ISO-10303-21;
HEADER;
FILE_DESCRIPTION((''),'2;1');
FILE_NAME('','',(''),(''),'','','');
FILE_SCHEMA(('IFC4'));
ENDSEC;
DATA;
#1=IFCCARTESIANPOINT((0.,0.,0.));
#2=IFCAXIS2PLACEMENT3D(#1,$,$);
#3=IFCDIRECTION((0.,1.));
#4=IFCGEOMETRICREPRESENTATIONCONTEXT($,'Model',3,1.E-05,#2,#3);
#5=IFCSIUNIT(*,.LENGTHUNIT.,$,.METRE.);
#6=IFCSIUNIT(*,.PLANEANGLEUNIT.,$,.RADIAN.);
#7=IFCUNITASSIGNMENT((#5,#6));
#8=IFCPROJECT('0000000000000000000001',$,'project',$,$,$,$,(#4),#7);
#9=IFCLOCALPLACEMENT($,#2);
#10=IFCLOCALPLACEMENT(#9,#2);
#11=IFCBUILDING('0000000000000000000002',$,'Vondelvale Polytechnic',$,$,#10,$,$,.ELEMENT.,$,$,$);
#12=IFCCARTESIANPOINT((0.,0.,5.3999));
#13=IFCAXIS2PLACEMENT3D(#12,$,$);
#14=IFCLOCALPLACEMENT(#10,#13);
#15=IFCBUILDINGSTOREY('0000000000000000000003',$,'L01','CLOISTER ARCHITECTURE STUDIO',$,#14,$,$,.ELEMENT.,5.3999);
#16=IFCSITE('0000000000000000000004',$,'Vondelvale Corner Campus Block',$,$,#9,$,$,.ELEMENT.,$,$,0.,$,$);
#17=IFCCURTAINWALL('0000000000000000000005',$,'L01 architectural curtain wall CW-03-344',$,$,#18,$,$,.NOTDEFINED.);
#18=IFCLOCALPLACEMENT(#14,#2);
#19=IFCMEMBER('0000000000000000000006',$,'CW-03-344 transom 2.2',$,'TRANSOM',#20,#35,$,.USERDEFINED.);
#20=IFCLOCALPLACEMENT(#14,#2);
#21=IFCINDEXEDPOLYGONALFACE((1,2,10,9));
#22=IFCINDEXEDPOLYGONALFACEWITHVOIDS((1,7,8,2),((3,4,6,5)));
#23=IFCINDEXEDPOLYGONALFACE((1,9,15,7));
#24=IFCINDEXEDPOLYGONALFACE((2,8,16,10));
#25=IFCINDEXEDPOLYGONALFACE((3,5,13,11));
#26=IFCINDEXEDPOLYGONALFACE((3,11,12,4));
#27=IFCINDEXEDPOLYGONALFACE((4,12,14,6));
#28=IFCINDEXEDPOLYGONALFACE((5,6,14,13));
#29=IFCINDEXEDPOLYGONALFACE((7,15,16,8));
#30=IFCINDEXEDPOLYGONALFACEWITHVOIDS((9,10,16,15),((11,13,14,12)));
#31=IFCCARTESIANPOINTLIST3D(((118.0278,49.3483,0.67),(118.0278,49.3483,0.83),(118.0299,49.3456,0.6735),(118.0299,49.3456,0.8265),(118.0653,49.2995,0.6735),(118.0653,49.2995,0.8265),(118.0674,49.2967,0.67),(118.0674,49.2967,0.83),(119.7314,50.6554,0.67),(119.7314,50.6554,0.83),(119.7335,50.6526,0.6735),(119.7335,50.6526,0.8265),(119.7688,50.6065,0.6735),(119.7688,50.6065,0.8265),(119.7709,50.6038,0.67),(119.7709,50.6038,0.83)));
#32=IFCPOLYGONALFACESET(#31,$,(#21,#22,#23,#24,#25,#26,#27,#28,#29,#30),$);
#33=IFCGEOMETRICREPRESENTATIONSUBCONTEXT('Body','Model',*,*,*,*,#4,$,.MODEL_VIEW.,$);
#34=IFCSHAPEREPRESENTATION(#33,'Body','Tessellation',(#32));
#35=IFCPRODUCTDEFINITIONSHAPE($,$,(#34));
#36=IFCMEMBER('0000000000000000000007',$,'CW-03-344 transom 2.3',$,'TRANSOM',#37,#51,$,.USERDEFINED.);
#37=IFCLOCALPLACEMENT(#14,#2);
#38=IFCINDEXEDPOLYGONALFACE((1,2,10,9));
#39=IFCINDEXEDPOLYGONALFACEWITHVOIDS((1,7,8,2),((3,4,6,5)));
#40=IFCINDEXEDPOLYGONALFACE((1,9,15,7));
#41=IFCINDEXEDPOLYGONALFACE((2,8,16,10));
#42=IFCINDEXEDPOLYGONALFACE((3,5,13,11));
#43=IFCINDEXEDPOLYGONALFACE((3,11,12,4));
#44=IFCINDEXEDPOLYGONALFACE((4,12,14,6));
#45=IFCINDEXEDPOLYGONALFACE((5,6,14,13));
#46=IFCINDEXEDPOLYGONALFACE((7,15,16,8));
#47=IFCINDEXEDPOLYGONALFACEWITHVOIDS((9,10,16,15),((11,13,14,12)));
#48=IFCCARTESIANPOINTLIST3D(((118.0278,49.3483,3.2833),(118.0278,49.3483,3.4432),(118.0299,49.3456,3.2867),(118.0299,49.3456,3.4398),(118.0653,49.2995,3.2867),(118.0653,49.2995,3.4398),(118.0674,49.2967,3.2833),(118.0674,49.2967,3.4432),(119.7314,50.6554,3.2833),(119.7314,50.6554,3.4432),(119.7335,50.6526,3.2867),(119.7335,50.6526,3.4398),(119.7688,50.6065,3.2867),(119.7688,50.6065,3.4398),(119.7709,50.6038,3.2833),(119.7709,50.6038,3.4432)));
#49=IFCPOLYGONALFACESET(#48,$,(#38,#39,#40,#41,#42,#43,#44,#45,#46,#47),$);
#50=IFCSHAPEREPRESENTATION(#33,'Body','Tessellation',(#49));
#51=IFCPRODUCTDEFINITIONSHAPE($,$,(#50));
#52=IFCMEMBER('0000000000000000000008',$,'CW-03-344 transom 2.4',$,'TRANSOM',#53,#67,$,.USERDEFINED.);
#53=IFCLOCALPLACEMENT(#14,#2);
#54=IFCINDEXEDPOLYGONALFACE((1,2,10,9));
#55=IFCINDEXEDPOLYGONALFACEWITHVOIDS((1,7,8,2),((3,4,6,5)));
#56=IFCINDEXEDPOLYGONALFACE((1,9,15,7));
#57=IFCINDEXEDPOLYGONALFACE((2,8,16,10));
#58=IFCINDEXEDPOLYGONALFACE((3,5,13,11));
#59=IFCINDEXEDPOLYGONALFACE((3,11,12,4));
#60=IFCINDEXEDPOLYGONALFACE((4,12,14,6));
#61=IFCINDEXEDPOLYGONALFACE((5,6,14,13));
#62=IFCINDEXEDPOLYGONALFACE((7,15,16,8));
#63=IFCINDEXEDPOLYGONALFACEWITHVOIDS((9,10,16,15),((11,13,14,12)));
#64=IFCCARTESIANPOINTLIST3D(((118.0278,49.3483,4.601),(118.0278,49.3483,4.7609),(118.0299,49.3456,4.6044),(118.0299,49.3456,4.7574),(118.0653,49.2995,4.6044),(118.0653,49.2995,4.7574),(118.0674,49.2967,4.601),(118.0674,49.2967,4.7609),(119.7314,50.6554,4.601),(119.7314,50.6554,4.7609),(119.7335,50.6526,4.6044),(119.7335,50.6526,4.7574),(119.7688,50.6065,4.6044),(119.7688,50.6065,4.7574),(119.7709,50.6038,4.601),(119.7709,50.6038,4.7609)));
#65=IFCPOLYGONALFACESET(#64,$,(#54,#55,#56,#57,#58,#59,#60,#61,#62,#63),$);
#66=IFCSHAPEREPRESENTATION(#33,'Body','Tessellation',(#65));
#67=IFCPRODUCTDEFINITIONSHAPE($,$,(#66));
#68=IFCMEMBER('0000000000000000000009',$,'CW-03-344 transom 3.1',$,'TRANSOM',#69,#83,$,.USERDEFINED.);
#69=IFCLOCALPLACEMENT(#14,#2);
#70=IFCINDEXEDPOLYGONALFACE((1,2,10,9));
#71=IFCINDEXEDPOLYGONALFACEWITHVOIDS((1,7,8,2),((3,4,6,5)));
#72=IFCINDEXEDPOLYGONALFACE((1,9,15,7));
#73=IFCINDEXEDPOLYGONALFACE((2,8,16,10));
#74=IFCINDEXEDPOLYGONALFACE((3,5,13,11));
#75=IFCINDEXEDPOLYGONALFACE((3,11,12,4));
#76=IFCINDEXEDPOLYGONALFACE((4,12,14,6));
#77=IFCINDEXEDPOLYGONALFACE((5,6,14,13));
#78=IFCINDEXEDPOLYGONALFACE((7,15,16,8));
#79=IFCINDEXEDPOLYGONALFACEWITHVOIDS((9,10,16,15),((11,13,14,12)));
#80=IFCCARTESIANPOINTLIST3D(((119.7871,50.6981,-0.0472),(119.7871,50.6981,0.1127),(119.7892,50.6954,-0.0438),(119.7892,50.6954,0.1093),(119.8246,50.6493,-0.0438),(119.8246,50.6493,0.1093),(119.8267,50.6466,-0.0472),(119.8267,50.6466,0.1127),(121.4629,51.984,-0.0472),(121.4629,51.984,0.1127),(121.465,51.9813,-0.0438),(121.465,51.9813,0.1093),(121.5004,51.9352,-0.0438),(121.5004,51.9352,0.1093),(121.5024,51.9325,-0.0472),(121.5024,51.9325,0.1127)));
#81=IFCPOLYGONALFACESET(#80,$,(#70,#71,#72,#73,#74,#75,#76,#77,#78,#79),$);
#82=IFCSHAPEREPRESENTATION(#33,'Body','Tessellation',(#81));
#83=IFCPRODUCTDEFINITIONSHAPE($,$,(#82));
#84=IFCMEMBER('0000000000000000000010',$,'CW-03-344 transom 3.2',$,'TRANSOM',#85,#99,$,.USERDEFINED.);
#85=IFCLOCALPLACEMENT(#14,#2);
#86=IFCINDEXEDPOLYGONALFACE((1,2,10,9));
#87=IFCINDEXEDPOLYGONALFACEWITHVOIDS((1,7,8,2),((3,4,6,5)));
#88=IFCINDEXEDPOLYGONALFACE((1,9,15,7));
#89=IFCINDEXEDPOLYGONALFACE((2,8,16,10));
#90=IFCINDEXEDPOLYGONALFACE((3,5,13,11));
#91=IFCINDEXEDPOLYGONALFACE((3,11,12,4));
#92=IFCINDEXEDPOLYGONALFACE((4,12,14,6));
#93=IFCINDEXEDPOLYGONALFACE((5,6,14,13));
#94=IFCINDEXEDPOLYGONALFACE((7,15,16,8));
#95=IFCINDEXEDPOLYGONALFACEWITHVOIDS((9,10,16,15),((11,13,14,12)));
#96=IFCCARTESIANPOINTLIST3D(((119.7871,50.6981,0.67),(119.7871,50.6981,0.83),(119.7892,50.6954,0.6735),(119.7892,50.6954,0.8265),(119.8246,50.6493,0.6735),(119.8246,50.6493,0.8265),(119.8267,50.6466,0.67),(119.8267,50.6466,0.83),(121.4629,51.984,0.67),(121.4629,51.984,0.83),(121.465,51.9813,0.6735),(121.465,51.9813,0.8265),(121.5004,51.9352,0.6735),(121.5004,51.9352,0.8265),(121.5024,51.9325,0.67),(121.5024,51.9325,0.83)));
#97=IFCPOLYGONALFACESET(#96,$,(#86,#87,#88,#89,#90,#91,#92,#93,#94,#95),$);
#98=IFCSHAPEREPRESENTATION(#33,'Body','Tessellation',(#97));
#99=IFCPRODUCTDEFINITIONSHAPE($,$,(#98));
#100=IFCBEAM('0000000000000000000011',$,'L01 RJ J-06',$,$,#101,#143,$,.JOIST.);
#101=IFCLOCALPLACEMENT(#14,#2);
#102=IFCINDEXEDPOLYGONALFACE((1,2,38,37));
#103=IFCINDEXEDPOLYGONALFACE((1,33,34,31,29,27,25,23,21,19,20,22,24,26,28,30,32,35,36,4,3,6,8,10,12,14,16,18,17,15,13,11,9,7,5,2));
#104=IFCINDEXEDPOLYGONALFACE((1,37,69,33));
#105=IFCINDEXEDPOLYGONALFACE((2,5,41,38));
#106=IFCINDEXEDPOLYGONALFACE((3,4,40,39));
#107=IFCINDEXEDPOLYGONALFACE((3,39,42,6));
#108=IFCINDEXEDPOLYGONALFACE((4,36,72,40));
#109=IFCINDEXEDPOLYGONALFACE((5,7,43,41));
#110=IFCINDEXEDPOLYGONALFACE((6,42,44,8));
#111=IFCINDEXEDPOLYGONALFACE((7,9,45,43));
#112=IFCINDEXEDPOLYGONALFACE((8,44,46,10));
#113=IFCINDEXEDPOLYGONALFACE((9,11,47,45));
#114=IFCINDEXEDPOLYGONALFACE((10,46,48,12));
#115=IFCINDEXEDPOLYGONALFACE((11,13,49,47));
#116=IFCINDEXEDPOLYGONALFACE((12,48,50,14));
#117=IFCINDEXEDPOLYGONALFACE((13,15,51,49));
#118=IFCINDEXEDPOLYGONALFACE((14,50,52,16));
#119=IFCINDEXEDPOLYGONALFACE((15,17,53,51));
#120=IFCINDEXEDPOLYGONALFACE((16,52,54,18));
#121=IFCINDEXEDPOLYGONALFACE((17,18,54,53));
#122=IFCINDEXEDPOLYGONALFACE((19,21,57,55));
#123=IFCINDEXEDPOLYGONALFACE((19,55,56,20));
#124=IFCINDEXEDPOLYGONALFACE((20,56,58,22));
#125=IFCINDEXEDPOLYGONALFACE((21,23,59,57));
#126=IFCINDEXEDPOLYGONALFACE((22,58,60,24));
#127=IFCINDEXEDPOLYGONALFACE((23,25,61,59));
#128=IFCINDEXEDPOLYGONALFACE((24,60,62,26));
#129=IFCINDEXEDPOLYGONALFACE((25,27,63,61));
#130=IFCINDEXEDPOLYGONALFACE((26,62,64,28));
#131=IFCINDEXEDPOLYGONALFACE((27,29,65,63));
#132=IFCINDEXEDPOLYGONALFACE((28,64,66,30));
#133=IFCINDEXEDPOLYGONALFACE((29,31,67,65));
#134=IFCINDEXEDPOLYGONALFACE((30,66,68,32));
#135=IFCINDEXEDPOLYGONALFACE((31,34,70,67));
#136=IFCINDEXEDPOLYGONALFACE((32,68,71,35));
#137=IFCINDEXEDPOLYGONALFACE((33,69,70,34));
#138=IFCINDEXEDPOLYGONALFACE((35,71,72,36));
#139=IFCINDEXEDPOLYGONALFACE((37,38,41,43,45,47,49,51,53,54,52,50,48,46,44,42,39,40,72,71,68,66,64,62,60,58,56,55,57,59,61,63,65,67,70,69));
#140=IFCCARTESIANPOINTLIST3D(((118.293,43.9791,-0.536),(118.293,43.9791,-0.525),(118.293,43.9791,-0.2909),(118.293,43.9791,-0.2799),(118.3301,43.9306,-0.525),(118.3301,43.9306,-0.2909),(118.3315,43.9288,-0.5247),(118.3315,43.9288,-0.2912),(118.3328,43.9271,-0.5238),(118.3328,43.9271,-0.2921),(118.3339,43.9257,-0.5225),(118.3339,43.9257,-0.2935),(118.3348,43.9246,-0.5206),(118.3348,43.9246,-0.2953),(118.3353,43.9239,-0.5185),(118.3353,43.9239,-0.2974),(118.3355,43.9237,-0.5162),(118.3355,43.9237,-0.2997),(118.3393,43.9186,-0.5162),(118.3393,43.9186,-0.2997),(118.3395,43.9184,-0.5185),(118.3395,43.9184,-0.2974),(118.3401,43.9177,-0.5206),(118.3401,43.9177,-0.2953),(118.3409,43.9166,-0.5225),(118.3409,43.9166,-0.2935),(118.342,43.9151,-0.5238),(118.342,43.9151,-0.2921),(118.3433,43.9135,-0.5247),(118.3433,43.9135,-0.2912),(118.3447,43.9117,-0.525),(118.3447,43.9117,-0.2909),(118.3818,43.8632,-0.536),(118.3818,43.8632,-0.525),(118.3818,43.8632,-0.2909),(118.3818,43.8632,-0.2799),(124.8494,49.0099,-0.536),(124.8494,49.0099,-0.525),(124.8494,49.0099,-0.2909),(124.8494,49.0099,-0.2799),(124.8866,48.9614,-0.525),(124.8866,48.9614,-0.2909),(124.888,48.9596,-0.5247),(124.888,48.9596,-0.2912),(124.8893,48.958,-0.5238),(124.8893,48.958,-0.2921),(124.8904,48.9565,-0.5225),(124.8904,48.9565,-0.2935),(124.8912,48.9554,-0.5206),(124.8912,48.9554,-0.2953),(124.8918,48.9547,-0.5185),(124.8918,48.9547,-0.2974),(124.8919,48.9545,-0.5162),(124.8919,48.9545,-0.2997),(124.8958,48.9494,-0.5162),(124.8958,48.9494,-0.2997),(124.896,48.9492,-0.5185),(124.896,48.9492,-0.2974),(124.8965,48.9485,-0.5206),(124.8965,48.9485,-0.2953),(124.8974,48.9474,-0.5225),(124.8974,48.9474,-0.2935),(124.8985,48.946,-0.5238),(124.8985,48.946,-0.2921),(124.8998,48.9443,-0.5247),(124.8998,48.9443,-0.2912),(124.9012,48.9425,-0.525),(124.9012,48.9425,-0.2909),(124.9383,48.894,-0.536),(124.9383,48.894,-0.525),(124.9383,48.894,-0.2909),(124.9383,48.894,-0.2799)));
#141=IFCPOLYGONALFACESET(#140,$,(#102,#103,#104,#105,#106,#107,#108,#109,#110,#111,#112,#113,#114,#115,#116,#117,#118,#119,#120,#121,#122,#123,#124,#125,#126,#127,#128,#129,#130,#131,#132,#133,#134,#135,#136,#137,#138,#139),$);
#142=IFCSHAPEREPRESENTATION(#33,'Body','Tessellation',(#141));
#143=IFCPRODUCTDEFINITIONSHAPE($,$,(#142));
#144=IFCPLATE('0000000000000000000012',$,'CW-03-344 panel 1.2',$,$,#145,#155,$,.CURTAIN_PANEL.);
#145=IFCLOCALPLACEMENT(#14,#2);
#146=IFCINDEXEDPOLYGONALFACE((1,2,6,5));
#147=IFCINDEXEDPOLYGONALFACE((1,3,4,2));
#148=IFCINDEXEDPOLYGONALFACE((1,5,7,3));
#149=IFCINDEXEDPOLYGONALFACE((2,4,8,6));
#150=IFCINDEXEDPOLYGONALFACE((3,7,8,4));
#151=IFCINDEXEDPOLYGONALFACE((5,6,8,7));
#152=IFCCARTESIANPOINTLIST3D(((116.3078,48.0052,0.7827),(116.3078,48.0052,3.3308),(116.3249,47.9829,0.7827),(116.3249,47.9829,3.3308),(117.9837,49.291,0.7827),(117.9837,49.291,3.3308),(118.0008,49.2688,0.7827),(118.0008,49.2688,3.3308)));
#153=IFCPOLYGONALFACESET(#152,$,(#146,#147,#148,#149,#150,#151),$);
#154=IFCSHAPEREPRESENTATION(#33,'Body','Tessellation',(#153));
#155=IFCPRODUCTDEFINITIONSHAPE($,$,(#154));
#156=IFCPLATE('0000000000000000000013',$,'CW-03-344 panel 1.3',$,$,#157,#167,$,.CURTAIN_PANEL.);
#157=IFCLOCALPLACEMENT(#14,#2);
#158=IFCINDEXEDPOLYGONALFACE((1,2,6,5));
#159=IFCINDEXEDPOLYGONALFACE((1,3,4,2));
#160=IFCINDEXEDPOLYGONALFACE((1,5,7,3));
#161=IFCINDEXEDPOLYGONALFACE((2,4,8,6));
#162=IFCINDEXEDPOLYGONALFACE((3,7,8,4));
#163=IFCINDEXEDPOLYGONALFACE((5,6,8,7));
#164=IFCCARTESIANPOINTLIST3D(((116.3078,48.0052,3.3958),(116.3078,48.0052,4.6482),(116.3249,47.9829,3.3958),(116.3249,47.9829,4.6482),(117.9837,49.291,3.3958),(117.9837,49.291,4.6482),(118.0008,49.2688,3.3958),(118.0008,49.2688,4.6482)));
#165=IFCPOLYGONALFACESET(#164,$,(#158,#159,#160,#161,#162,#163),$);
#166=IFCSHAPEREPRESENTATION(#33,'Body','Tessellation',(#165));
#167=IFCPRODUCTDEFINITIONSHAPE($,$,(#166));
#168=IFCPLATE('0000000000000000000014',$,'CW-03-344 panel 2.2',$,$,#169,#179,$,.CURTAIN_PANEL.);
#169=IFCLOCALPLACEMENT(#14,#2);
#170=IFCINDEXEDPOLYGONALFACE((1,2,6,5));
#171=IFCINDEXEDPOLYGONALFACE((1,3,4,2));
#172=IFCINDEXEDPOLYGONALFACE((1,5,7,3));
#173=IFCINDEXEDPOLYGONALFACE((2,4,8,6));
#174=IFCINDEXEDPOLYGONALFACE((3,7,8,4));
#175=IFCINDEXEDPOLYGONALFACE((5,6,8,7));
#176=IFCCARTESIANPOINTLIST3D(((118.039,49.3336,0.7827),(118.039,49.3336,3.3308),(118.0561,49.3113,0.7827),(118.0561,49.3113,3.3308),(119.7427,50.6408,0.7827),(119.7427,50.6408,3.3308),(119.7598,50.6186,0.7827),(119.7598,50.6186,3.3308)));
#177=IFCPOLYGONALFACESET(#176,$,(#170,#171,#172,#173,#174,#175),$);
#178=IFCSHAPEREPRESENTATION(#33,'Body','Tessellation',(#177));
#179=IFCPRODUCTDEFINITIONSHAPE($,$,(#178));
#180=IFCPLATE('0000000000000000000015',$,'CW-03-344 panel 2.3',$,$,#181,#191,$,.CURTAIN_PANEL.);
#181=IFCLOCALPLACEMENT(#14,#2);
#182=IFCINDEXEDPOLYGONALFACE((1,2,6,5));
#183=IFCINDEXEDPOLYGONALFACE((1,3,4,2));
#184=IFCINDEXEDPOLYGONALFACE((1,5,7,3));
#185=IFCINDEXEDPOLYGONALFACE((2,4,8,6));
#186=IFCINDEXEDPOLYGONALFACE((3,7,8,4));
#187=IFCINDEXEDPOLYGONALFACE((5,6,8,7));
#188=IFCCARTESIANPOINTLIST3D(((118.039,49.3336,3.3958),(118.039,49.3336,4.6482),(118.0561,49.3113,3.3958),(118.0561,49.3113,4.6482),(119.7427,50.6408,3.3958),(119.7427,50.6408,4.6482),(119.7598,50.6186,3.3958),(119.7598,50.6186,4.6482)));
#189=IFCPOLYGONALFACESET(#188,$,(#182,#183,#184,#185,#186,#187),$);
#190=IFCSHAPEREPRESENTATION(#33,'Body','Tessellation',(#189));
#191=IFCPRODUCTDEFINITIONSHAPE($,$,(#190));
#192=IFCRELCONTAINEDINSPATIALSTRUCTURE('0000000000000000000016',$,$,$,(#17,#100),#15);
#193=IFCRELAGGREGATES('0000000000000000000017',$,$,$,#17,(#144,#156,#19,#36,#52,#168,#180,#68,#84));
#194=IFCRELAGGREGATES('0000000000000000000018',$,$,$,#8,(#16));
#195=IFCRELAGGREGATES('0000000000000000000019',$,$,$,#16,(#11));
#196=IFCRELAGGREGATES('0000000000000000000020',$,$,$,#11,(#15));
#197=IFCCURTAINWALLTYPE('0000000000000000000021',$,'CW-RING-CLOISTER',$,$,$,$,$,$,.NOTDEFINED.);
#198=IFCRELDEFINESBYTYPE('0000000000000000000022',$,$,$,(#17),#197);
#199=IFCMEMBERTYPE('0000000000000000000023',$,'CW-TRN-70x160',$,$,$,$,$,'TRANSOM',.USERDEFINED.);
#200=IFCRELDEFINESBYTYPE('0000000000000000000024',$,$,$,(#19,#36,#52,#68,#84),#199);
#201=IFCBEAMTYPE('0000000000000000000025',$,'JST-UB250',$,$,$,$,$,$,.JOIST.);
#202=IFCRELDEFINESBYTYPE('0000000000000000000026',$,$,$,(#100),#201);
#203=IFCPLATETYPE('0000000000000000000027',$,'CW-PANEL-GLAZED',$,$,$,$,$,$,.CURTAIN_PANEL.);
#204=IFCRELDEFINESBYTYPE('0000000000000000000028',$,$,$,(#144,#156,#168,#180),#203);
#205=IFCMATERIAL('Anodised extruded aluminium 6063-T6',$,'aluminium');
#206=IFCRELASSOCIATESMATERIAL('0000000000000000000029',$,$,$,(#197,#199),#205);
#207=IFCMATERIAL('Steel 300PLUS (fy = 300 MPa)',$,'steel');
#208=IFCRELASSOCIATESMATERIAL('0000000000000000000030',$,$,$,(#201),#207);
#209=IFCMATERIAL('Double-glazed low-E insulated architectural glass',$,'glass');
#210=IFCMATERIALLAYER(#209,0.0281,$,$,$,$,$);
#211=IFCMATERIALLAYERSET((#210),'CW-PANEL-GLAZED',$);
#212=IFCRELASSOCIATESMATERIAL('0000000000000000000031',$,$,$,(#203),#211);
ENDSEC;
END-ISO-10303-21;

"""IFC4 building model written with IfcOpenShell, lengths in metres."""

from ifc_helpers import new_model, si_unit, direction, frame, origin, origin_2d, place, context, subcontext, project, spatial, rectangle, hollow_rectangle, i_section, extrude, material, layer, layer_set, material_profile, profile_set, type_object, element, aggregate, save


model = new_model("IFC4")

# Units and contexts
model_context = context("Model", 3, precision=1e-05, world=origin(), true_north=direction((0.0, 1.0)))
body_context = subcontext(model_context, "Body", "Model", "MODEL_VIEW")
ifc_project = project(units=[si_unit("LENGTHUNIT", "METRE"), si_unit("PLANEANGLEUNIT", "RADIAN")], contexts=[model_context])

# Site, building, storey
site_placement = place(None, origin())
site = spatial("IfcSite", under=ifc_project, at=site_placement, Name="Vondelvale Corner Campus Block", CompositionType="ELEMENT", RefElevation=0.0)
building_placement = place(site_placement, origin())
building = spatial("IfcBuilding", under=site, at=building_placement, Name="Vondelvale Polytechnic", CompositionType="ELEMENT")
storey_placement = place(building_placement, frame((0.0, 0.0, 5.3999)))
storey = spatial("IfcBuildingStorey", under=building, at=storey_placement, Name="L01", Description="CLOISTER ARCHITECTURE STUDIO", CompositionType="ELEMENT", Elevation=5.3999)

# Shared definitions
ifc_material_1 = material(Name="Steel 300PLUS (fy = 300 MPa)", Category="steel")

# Curtain wall, members
ifc_material_2 = material(Name="Anodised extruded aluminium 6063-T6", Category="aluminium")
curtain_wall_type = type_object("IfcCurtainWallType", Name="CW-RING-CLOISTER", PredefinedType="NOTDEFINED", material=ifc_material_2)
curtain_wall_placement = place(storey_placement, origin())
curtain_wall = element("IfcCurtainWall", 1, at=curtain_wall_placement, inside=storey, type_object=curtain_wall_type, Name="L01 architectural curtain wall CW-03-344", PredefinedType="NOTDEFINED")
ifc_material_profile_1 = material_profile(ifc_material_2, hollow_rectangle(XDim=0.0649, YDim=0.1599, WallThickness=0.0034, at=origin_2d()), Name="CW-TRN-160x65")
ifc_profile_set_1 = profile_set([ifc_material_profile_1], Name="Anodised extruded aluminium 6063-T6")
member_type_1 = type_object("IfcMemberType", Name="CW-TRN-70x160", ElementType="TRANSOM", PredefinedType="USERDEFINED", material=ifc_profile_set_1)
member_1_placement = place(storey_placement, frame((118.0476, 49.3225, 0.75), z_axis=(0.793376, 0.608732, 0.0), x_axis=(-0.608732, 0.793376, 0.0)))
member_1 = element("IfcMember", 2, at=member_1_placement, type_object=member_type_1, Name="CW-03-344 transom 2.2", ObjectType="TRANSOM", PredefinedType="USERDEFINED", context=body_context, shape_type="SweptSolid", body=[
    extrude(hollow_rectangle(XDim=0.0649, YDim=0.1599, WallThickness=0.0034, at=origin_2d()), origin(), (0.0, 0.0, 1.0), 2.1472),
])
member_2_placement = place(storey_placement, frame((118.0476, 49.3225, 3.3633), z_axis=(0.793376, 0.608732, 0.0), x_axis=(-0.608732, 0.793376, 0.0)))
member_2 = element("IfcMember", 3, at=member_2_placement, type_object=member_type_1, Name="CW-03-344 transom 2.3", ObjectType="TRANSOM", PredefinedType="USERDEFINED", context=body_context, shape_type="SweptSolid", body=[
    extrude(hollow_rectangle(XDim=0.0649, YDim=0.1599, WallThickness=0.0034, at=origin_2d()), origin(), (0.0, 0.0, 1.0), 2.1472),
])
member_3_placement = place(storey_placement, frame((118.0476, 49.3225, 4.6809), z_axis=(0.793376, 0.608732, 0.0), x_axis=(-0.608732, 0.793376, 0.0)))
member_3 = element("IfcMember", 4, at=member_3_placement, type_object=member_type_1, Name="CW-03-344 transom 2.4", ObjectType="TRANSOM", PredefinedType="USERDEFINED", context=body_context, shape_type="SweptSolid", body=[
    extrude(hollow_rectangle(XDim=0.0649, YDim=0.1599, WallThickness=0.0034, at=origin_2d()), origin(), (0.0, 0.0, 1.0), 2.1472),
])
member_4_placement = place(storey_placement, frame((119.8069, 50.6724, 0.0327), z_axis=(0.79335, 0.608766, 0.0), x_axis=(-0.608766, 0.79335, 0.0)))
member_4 = element("IfcMember", 5, at=member_4_placement, type_object=member_type_1, Name="CW-03-344 transom 3.1", ObjectType="TRANSOM", PredefinedType="USERDEFINED", context=body_context, shape_type="SweptSolid", body=[
    extrude(hollow_rectangle(XDim=0.0649, YDim=0.1599, WallThickness=0.0034, at=origin_2d()), origin(), (0.0, 0.0, 1.0), 2.1123),
])
member_5_placement = place(storey_placement, frame((119.8069, 50.6724, 0.75), z_axis=(0.79335, 0.608766, 0.0), x_axis=(-0.608766, 0.79335, 0.0)))
member_5 = element("IfcMember", 6, at=member_5_placement, type_object=member_type_1, Name="CW-03-344 transom 3.2", ObjectType="TRANSOM", PredefinedType="USERDEFINED", context=body_context, shape_type="SweptSolid", body=[
    extrude(hollow_rectangle(XDim=0.0649, YDim=0.1599, WallThickness=0.0034, at=origin_2d()), origin(), (0.0, 0.0, 1.0), 2.1123),
])

# Beam
ifc_material_profile_2 = material_profile(ifc_material_1, i_section(OverallWidth=0.146, OverallDepth=0.2561, WebThickness=0.0063, FlangeThickness=0.011, FilletRadius=0.0088, at=origin_2d()), Name="250UB37.3")
ifc_profile_set_2 = profile_set([ifc_material_profile_2], Name="Steel 300PLUS (fy = 300 MPa)")
beam_type_1 = type_object("IfcBeamType", Name="JST-UB250", PredefinedType="JOIST", material=ifc_profile_set_2)
beam_1_placement = place(storey_placement, frame((118.3374, 43.9211, -0.408), z_axis=(0.793361, 0.608751, 0.0), x_axis=(-0.608751, 0.793361, 0.0)))
element("IfcBeam", 7, at=beam_1_placement, inside=storey, type_object=beam_type_1, Name="L01 RJ J-06", PredefinedType="JOIST", context=body_context, shape_type="SweptSolid", body=[
    extrude(i_section(OverallWidth=0.146, OverallDepth=0.2561, WebThickness=0.0063, FlangeThickness=0.011, FilletRadius=0.0088, at=origin_2d()), origin(), (0.0, 0.0, 1.0), 8.2642),
])

# Plates
ifc_material_3 = material(Name="Double-glazed low-E insulated architectural glass", Category="glass")
ifc_layer_1 = layer(ifc_material_3, 0.0281)
ifc_layer_set_1 = layer_set([ifc_layer_1], Name="CW-PANEL-GLAZED")
plate_type_1 = type_object("IfcPlateType", Name="CW-PANEL-GLAZED", PredefinedType="CURTAIN_PANEL", material=ifc_layer_set_1)
plate_1_placement = place(storey_placement, frame((117.1543, 48.637, 0.7827), z_axis=(0.0, 0.0, 1.0), x_axis=(0.793364, 0.608748, 0.0)))
plate_1 = element("IfcPlate", 8, at=plate_1_placement, type_object=plate_type_1, Name="CW-03-344 panel 1.2", PredefinedType="CURTAIN_PANEL", context=body_context, shape_type="SweptSolid", body=[
    extrude(rectangle(XDim=2.1123, YDim=0.0281, at=origin_2d()), origin(), (0.0, 0.0, 1.0), 2.5481),
])
plate_2_placement = place(storey_placement, frame((117.1543, 48.637, 3.3958), z_axis=(0.0, 0.0, 1.0), x_axis=(0.793364, 0.608748, 0.0)))
plate_2 = element("IfcPlate", 9, at=plate_2_placement, type_object=plate_type_1, Name="CW-03-344 panel 1.3", PredefinedType="CURTAIN_PANEL", context=body_context, shape_type="SweptSolid", body=[
    extrude(rectangle(XDim=2.1123, YDim=0.0281, at=origin_2d()), origin(), (0.0, 0.0, 1.0), 1.2524),
])
plate_3_placement = place(storey_placement, frame((118.8994, 49.9761, 0.7827), z_axis=(0.0, 0.0, 1.0), x_axis=(0.793364, 0.608748, 0.0)))
plate_3 = element("IfcPlate", 10, at=plate_3_placement, type_object=plate_type_1, Name="CW-03-344 panel 2.2", PredefinedType="CURTAIN_PANEL", context=body_context, shape_type="SweptSolid", body=[
    extrude(rectangle(XDim=2.1475, YDim=0.0281, at=origin_2d()), origin(), (0.0, 0.0, 1.0), 2.5481),
])
plate_4_placement = place(storey_placement, frame((118.8994, 49.9761, 3.3958), z_axis=(0.0, 0.0, 1.0), x_axis=(0.793364, 0.608748, 0.0)))
plate_4 = element("IfcPlate", 11, at=plate_4_placement, type_object=plate_type_1, Name="CW-03-344 panel 2.3", PredefinedType="CURTAIN_PANEL", context=body_context, shape_type="SweptSolid", body=[
    extrude(rectangle(XDim=2.1475, YDim=0.0281, at=origin_2d()), origin(), (0.0, 0.0, 1.0), 1.2524),
])
aggregate(curtain_wall, [plate_1, plate_2, member_1, member_2, member_3, plate_3, plate_4, member_4, member_5])

save(model, "model.ifc")
